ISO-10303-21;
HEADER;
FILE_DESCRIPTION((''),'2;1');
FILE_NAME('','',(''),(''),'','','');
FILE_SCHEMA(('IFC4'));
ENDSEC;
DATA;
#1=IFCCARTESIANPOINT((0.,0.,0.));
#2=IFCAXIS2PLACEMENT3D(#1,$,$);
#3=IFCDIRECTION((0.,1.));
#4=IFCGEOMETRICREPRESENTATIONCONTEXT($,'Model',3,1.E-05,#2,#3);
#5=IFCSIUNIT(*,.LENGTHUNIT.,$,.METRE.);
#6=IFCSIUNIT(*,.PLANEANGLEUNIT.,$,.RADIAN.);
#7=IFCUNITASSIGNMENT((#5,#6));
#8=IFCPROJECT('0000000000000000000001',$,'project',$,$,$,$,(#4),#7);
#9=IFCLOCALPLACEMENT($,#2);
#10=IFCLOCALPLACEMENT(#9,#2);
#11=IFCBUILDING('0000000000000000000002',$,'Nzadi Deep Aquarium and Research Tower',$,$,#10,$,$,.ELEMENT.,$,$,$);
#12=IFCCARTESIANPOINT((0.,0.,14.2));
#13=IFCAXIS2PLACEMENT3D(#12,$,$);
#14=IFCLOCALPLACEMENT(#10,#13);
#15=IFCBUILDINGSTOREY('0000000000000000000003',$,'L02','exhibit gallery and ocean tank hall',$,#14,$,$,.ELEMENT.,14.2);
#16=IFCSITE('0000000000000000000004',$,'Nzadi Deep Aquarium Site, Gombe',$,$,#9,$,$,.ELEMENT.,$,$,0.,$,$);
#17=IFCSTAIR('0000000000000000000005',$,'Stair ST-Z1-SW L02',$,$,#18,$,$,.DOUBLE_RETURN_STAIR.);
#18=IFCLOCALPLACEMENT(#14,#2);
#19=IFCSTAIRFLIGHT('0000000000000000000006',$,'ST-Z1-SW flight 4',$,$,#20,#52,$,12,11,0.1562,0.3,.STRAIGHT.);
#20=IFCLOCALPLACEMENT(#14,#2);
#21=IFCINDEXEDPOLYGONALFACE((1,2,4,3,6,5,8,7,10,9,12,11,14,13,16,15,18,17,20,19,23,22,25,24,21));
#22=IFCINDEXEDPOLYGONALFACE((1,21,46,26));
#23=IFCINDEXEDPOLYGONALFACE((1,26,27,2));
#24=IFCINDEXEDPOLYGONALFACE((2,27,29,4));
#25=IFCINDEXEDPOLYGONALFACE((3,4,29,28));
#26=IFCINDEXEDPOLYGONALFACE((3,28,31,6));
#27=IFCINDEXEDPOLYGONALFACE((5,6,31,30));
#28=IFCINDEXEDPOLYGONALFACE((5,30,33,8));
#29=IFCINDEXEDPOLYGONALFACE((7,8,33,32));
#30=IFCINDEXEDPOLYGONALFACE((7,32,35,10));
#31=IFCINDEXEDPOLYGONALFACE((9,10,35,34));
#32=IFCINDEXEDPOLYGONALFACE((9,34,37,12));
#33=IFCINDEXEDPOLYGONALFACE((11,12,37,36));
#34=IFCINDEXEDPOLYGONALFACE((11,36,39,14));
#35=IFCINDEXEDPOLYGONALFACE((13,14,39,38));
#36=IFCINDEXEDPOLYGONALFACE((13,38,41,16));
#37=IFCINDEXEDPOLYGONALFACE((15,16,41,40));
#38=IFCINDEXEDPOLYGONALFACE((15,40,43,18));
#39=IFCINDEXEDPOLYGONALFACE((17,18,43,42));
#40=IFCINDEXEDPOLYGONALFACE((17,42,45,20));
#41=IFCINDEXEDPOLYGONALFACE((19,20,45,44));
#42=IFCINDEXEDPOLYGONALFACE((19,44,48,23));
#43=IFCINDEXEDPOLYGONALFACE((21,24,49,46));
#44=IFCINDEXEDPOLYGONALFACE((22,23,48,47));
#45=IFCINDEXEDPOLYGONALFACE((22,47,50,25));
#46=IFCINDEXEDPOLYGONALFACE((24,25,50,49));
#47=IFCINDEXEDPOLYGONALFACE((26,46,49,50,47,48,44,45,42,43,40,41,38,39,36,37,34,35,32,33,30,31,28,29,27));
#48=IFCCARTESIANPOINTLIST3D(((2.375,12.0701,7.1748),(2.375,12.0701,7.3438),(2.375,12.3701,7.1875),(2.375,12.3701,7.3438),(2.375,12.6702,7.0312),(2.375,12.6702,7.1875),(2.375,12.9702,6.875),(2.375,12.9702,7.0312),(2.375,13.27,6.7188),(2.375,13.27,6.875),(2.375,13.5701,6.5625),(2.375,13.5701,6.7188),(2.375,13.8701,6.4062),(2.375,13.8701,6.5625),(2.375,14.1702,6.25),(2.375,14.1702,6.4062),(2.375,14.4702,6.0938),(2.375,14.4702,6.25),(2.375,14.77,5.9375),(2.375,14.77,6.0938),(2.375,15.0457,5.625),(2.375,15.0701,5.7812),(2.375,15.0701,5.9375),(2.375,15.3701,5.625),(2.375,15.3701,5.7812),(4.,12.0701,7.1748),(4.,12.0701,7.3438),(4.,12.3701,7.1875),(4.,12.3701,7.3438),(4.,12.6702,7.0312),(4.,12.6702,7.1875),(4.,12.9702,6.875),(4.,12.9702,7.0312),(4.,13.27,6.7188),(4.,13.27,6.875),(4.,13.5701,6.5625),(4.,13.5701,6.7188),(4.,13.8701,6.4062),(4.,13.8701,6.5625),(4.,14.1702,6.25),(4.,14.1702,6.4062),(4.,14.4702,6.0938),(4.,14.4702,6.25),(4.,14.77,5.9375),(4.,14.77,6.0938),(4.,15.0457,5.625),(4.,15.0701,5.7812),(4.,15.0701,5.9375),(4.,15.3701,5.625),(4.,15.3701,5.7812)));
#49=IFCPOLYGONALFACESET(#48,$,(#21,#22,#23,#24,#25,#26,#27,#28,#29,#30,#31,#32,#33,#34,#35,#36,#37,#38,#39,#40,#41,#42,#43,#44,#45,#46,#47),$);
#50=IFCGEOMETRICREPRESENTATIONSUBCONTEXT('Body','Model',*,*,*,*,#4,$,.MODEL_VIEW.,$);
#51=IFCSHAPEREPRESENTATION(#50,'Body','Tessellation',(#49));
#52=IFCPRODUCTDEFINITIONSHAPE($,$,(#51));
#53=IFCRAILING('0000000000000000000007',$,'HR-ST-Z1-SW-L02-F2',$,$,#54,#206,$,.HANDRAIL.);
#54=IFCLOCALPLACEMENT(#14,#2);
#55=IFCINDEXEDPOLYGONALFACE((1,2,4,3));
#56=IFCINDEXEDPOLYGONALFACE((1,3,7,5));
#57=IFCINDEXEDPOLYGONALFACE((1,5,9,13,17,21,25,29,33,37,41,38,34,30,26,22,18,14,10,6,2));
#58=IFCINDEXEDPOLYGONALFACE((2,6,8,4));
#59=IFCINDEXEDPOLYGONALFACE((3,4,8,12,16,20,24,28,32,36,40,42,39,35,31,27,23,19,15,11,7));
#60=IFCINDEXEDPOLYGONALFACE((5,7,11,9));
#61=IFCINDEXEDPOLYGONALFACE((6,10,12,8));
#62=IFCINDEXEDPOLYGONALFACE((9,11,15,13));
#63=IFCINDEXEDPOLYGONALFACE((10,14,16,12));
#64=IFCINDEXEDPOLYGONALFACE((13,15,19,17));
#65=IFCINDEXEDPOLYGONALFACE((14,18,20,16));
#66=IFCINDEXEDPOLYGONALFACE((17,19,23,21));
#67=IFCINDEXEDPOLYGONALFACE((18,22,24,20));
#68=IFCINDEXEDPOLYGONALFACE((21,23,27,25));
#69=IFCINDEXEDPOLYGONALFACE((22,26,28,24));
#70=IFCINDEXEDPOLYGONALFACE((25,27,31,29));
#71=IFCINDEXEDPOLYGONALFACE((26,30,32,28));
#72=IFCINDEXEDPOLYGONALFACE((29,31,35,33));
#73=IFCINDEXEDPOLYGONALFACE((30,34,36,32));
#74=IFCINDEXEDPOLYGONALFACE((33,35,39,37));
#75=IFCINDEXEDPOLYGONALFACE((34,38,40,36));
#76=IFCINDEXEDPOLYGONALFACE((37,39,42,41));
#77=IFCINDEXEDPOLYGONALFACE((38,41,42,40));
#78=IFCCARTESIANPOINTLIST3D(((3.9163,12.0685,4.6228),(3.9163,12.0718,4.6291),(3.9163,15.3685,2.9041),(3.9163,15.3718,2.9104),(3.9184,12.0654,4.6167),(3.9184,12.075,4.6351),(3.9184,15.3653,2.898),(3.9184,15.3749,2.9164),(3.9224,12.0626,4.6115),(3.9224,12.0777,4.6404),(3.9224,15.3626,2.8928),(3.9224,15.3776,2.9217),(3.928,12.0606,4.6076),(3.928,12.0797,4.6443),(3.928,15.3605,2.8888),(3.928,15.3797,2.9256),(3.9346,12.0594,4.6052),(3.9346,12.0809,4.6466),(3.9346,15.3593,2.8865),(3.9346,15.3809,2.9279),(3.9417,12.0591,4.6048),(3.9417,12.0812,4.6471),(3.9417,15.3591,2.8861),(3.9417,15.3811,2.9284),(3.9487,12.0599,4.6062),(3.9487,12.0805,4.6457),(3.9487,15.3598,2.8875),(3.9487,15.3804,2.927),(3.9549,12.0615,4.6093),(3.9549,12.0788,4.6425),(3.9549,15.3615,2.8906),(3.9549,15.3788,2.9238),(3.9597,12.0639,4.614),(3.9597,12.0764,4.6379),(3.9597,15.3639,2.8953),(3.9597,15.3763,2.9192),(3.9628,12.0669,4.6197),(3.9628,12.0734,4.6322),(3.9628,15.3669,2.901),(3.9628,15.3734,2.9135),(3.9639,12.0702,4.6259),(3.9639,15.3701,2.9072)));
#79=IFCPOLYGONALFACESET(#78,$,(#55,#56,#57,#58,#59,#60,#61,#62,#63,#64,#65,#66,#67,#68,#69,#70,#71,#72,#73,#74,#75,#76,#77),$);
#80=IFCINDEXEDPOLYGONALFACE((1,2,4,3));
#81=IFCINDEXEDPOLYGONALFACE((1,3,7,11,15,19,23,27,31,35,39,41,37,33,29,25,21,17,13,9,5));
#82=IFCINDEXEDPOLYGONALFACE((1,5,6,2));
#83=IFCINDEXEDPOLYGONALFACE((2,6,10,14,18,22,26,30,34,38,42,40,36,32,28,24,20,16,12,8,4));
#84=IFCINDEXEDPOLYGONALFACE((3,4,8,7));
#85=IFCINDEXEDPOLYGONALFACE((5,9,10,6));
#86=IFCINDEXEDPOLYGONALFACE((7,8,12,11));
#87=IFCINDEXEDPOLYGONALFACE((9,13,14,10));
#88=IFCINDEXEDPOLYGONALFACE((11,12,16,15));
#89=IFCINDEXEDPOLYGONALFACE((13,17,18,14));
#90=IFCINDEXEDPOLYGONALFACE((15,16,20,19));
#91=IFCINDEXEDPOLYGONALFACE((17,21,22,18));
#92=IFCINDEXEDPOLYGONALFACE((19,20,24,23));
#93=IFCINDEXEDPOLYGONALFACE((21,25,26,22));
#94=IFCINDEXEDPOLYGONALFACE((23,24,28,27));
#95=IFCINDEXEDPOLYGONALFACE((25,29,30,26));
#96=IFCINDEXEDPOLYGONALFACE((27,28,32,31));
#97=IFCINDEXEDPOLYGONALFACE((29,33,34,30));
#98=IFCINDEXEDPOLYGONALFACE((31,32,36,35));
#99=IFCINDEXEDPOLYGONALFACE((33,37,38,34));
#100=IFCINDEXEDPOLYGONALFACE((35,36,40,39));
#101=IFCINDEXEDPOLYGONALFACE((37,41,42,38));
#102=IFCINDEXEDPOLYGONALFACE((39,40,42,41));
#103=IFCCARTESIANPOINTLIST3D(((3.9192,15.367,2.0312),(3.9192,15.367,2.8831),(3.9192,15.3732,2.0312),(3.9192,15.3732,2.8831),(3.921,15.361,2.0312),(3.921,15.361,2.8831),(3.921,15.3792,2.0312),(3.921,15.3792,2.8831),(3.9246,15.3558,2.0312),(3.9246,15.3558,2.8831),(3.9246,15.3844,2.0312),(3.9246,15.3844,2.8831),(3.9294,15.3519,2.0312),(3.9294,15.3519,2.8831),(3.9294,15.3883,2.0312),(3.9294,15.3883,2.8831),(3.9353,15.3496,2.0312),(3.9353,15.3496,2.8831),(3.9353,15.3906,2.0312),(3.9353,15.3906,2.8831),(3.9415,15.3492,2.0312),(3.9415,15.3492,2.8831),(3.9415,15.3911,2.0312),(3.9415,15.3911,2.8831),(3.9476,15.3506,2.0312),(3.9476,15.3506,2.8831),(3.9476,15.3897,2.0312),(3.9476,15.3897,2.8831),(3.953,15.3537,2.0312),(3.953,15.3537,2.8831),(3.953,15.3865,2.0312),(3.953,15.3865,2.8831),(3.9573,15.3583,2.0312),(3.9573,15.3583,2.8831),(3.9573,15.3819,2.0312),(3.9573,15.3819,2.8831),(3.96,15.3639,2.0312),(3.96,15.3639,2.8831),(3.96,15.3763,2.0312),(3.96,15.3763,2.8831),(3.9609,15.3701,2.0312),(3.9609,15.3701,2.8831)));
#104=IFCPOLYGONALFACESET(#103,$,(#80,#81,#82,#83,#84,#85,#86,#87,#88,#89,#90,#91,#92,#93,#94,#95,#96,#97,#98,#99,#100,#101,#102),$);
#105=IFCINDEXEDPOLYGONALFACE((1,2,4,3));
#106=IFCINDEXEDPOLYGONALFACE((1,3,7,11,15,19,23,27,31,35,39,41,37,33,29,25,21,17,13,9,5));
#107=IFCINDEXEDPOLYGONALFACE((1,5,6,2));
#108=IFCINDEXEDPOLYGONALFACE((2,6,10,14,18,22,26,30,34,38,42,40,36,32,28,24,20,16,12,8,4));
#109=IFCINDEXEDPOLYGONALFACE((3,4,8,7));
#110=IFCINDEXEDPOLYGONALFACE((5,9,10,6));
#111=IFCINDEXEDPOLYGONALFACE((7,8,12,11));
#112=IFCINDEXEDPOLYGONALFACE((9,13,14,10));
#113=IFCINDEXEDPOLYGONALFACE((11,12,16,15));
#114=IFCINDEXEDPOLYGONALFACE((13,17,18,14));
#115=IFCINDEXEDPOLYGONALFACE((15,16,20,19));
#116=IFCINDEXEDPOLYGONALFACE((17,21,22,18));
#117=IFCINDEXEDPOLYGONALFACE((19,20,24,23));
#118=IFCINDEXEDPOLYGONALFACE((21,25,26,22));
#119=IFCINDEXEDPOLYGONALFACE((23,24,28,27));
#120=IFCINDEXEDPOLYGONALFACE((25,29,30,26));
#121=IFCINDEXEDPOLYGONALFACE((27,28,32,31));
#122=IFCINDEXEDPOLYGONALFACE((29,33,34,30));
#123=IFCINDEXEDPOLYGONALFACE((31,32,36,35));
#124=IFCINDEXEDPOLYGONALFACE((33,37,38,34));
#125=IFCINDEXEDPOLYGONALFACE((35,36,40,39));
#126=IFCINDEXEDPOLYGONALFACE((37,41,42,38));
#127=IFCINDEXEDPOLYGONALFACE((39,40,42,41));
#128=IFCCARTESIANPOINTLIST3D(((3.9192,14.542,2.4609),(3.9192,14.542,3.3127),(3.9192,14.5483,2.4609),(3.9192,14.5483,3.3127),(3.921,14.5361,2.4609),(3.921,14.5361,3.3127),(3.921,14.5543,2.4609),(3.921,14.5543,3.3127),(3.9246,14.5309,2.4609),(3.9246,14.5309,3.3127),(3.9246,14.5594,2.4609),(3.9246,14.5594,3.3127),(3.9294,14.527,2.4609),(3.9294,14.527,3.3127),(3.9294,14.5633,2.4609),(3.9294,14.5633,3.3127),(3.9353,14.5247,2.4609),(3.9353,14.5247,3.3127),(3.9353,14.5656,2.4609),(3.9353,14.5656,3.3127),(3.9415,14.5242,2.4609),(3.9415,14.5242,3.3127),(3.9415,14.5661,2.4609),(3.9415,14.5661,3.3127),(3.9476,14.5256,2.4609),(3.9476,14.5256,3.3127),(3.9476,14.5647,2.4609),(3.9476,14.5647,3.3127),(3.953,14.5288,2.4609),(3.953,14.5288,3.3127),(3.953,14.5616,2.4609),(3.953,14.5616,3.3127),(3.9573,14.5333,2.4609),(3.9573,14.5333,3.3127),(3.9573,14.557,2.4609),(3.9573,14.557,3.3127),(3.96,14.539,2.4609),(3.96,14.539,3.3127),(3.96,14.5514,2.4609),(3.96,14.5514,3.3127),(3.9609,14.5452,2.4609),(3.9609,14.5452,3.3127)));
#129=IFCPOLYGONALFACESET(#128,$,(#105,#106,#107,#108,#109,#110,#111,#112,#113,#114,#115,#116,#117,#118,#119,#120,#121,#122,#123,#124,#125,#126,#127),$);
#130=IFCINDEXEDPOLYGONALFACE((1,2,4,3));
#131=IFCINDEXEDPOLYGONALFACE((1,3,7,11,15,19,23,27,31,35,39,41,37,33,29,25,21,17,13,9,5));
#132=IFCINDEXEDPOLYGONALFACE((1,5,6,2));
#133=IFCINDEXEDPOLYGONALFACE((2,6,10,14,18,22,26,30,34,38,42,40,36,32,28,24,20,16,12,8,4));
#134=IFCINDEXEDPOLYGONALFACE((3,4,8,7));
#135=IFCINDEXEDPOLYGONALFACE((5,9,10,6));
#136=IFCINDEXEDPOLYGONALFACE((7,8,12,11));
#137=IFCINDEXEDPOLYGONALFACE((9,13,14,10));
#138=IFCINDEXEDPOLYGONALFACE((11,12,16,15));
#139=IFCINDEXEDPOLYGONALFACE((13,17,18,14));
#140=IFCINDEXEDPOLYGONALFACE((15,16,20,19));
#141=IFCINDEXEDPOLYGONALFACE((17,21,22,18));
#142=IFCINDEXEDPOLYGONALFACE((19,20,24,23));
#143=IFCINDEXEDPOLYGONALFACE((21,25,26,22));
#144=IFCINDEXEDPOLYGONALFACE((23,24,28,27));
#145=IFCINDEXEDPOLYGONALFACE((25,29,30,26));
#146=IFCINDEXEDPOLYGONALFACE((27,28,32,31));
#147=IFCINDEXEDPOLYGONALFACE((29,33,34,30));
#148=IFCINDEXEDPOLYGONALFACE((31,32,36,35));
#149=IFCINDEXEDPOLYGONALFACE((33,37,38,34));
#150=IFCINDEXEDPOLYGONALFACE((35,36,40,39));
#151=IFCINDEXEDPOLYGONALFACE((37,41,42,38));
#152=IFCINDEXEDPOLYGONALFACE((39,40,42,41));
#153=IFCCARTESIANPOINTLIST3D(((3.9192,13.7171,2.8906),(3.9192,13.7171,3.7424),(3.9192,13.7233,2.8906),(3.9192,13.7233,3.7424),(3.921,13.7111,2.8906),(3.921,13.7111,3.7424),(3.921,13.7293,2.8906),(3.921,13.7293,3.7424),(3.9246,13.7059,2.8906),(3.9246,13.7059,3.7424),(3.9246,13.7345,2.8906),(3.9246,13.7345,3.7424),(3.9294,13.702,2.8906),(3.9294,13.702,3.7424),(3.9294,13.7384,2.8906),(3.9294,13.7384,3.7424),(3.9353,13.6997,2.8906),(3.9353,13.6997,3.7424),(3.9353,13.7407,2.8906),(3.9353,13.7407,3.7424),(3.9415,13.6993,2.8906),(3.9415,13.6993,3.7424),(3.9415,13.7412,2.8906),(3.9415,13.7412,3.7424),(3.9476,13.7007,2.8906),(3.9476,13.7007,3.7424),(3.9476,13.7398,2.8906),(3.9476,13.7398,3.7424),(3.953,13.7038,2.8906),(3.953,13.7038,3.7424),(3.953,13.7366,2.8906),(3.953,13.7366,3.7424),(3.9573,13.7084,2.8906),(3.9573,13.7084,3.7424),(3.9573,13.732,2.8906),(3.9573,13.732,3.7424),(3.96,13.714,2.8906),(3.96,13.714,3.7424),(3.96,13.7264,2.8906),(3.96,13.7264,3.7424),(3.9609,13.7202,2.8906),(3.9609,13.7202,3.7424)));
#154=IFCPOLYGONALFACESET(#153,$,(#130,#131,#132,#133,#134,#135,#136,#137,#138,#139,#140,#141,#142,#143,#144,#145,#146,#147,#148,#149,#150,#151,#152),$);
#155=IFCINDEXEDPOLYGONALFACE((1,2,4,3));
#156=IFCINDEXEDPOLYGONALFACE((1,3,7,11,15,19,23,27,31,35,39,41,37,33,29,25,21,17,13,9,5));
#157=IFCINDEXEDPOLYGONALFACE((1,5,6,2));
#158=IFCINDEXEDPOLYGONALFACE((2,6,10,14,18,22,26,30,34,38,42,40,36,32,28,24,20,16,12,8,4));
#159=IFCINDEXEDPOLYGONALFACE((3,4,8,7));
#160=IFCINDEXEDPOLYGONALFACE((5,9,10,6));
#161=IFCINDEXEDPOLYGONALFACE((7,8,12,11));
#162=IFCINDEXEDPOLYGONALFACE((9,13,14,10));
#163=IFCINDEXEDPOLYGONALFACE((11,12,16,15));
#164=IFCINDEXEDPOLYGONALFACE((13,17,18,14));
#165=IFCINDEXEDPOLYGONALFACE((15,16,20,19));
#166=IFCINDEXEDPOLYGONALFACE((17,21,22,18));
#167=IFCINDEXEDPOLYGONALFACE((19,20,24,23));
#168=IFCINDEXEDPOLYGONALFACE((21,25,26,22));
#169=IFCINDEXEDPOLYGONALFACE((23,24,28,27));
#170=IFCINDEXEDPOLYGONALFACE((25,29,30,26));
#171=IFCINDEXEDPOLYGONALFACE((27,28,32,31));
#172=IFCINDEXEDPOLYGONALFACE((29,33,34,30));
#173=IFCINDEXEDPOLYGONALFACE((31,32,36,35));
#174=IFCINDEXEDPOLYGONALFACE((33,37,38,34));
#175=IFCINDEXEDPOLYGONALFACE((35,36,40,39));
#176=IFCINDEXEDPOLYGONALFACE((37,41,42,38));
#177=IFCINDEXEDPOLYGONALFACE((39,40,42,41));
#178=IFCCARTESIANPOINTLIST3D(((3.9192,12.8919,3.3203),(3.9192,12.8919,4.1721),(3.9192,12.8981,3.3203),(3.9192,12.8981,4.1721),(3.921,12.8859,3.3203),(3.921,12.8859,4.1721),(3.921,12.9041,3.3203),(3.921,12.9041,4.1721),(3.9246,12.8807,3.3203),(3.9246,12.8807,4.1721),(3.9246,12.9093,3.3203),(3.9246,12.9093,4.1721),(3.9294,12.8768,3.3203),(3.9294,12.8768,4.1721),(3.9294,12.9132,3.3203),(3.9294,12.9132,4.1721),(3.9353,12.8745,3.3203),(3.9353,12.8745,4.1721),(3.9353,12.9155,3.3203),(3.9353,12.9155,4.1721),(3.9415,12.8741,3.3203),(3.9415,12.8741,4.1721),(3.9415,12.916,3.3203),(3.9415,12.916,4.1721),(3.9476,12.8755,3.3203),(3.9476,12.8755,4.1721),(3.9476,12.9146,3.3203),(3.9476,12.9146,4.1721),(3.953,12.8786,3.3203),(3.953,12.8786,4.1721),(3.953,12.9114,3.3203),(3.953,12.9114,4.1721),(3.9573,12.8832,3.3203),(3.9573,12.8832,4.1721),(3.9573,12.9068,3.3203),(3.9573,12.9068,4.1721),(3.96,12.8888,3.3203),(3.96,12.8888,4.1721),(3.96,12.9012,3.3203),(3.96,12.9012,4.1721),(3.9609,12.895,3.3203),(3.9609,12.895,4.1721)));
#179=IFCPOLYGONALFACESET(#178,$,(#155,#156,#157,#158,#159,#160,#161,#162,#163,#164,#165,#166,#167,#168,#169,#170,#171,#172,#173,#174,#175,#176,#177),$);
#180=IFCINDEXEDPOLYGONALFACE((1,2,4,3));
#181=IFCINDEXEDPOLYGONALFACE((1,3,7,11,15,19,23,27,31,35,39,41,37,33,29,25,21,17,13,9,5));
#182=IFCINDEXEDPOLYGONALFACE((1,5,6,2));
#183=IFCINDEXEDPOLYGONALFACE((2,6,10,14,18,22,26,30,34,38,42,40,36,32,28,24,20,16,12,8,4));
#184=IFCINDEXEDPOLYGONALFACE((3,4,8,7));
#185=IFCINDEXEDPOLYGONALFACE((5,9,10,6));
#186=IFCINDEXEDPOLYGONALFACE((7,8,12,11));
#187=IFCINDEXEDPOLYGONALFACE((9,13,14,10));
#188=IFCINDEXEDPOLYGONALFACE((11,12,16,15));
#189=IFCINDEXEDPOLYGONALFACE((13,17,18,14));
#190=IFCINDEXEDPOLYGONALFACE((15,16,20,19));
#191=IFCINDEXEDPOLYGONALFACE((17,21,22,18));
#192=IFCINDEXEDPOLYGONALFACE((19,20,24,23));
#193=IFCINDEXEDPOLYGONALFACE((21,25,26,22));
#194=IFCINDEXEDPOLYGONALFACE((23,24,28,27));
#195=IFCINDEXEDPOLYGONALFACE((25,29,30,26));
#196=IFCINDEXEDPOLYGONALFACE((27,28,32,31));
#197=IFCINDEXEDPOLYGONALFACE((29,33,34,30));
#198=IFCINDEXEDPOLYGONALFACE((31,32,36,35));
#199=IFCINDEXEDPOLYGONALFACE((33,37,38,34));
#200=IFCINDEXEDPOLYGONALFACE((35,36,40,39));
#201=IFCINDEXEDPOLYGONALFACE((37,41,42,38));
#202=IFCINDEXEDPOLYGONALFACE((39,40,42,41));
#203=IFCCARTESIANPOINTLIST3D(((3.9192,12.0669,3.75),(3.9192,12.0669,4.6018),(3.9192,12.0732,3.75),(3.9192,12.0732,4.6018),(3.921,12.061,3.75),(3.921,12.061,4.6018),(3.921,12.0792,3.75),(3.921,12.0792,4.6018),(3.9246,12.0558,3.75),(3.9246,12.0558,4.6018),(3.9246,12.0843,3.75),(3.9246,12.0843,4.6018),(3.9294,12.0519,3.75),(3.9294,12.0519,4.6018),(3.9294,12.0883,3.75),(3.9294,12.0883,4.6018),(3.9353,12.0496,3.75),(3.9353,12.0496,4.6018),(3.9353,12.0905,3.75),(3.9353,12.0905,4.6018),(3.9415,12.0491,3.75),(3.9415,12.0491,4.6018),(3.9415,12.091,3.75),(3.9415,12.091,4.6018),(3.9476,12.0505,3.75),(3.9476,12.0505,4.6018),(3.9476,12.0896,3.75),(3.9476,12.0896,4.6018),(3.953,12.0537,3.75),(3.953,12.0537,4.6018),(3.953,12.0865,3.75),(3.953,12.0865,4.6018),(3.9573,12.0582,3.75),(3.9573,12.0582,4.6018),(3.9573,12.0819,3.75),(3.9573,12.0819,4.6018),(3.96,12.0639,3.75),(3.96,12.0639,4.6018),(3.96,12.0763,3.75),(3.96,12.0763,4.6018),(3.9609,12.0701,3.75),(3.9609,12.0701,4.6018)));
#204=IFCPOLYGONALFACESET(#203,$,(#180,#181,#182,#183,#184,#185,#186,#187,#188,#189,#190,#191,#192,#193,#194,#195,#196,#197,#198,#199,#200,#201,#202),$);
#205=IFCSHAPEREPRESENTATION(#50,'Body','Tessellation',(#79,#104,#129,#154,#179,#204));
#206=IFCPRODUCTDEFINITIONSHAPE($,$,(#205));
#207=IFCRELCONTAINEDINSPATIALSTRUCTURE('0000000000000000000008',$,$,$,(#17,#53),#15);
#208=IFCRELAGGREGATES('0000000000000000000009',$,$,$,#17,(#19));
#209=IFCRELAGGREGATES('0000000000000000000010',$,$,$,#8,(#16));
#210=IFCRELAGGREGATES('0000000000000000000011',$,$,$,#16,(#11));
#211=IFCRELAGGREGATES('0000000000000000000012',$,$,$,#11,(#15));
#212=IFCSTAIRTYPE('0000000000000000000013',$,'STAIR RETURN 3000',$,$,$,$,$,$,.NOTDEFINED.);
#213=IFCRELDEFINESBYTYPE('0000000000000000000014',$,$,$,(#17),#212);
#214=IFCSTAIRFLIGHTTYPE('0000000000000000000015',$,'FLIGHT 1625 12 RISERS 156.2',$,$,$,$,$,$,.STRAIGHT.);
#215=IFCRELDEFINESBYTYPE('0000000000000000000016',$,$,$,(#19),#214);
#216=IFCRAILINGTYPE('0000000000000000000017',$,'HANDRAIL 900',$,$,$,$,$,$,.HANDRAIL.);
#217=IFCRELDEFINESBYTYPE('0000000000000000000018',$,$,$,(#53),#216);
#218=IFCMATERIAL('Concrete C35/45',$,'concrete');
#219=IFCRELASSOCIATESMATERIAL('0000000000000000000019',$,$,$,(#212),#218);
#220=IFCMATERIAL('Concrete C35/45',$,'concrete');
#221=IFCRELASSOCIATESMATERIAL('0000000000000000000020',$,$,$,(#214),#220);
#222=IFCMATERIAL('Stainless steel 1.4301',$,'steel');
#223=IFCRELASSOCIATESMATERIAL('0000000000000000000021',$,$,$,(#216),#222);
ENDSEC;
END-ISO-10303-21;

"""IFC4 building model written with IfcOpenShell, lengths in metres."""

from ifc_helpers import new_model, si_unit, direction, frame, origin, origin_2d, place, context, subcontext, project, spatial, polyline, circle, outline, extrude, material, type_object, element, aggregate, save


model = new_model("IFC4")

# Units and contexts
model_context = context("Model", 3, precision=1e-05, world=origin(), true_north=direction((0.0, 1.0)))
body_context = subcontext(model_context, "Body", "Model", "MODEL_VIEW")
ifc_project = project(units=[si_unit("LENGTHUNIT", "METRE"), si_unit("PLANEANGLEUNIT", "RADIAN")], contexts=[model_context])

# Site, building, storey
site_placement = place(None, origin())
site = spatial("IfcSite", under=ifc_project, at=site_placement, Name="Nzadi Deep Aquarium Site, Gombe", CompositionType="ELEMENT", RefElevation=0.0)
building_placement = place(site_placement, origin())
building = spatial("IfcBuilding", under=site, at=building_placement, Name="Nzadi Deep Aquarium and Research Tower", CompositionType="ELEMENT")
storey_placement = place(building_placement, frame((0.0, 0.0, 14.2)))
storey = spatial("IfcBuildingStorey", under=building, at=storey_placement, Name="L02", Description="exhibit gallery and ocean tank hall", CompositionType="ELEMENT", Elevation=14.2)

# Stair, stair flight
ifc_material_1 = material(Name="Concrete C35/45", Category="concrete")
stair_type = type_object("IfcStairType", Name="STAIR RETURN 3000", PredefinedType="NOTDEFINED", material=ifc_material_1)
stair_placement = place(storey_placement, origin())
stair = element("IfcStair", 1, at=stair_placement, inside=storey, type_object=stair_type, Name="Stair ST-Z1-SW L02", PredefinedType="DOUBLE_RETURN_STAIR")
ifc_material_2 = material(Name="Concrete C35/45", Category="concrete")
stair_flight_type = type_object("IfcStairFlightType", Name="FLIGHT 1625 12 RISERS 156.2", PredefinedType="STRAIGHT", material=ifc_material_2)
stair_flight_1_placement = place(storey_placement, frame((3.1875, 15.3701, 5.625), z_axis=(0.0, 0.0, 1.0), x_axis=(0.0, -1.0, 0.0)))
stair_flight_1 = element("IfcStairFlight", 2, at=stair_flight_1_placement, type_object=stair_flight_type, Name="ST-Z1-SW flight 4", NumberOfRisers=12, NumberOfTreads=11, PredefinedType="STRAIGHT", RiserHeight=0.1562, TreadLength=0.3, context=body_context, shape_type="SweptSolid", body=[
    extrude(outline(polyline([(0.0, 0.0), (0.0, 0.1562), (0.3, 0.1562), (0.3, 0.3125), (0.6001, 0.3125), (0.6001, 0.4688), (0.8999, 0.4688), (0.8999, 0.625), (1.2, 0.625), (1.2, 0.7812), (1.5, 0.7812), (1.5, 0.9375), (1.8, 0.9375), (1.8, 1.0938), (2.1001, 1.0938), (2.1001, 1.25), (2.3999, 1.25), (2.3999, 1.4062), (2.7, 1.4062), (2.7, 1.5625), (3.0, 1.5625), (3.0, 1.7188), (3.3, 1.7188), (3.3, 1.875), (3.3, 1.5498), (0.3245, 0.0), (0.0, 0.0)])), frame((0.0, 0.8125, 0.0), z_axis=(0.0, -1.0, 0.0), x_axis=(1.0, 0.0, 0.0)), (0.0, 0.0, 1.0), 1.625),
])
aggregate(stair, [stair_flight_1])

# Railing
ifc_material_3 = material(Name="Stainless steel 1.4301", Category="steel")
railing_type = type_object("IfcRailingType", Name="HANDRAIL 900", PredefinedType="HANDRAIL", material=ifc_material_3)
for number, where, name in (
    (3, (3.9399, 15.3701, 2.0312), "HR-ST-Z1-SW-L02-F2"),
):
    element("IfcRailing", number, at=place(storey_placement, frame(where)), inside=storey, type_object=railing_type, Name=name, PredefinedType="HANDRAIL", context=body_context, shape_type="SweptSolid", body=[
        extrude(circle(Radius=0.0239, at=origin_2d()), frame((0.0, 0.0, 0.876), z_axis=(0.0, -0.886917, 0.461929), x_axis=(1.0, 0.0, 0.0)), (0.0, 0.0, 1.0), 3.7207),
        extrude(circle(Radius=0.021, at=origin_2d()), origin(), (0.0, 0.0, 1.0), 0.8518),
        extrude(circle(Radius=0.021, at=origin_2d()), frame((0.0, -0.825, 0.4297)), (0.0, 0.0, 1.0), 0.8518),
        extrude(circle(Radius=0.021, at=origin_2d()), frame((0.0, -1.6499, 0.8594)), (0.0, 0.0, 1.0), 0.8518),
        extrude(circle(Radius=0.021, at=origin_2d()), frame((0.0, -2.4751, 1.2891)), (0.0, 0.0, 1.0), 0.8518),
        extrude(circle(Radius=0.021, at=origin_2d()), frame((0.0, -3.3, 1.7188)), (0.0, 0.0, 1.0), 0.8518),
    ])

save(model, "model.ifc")
